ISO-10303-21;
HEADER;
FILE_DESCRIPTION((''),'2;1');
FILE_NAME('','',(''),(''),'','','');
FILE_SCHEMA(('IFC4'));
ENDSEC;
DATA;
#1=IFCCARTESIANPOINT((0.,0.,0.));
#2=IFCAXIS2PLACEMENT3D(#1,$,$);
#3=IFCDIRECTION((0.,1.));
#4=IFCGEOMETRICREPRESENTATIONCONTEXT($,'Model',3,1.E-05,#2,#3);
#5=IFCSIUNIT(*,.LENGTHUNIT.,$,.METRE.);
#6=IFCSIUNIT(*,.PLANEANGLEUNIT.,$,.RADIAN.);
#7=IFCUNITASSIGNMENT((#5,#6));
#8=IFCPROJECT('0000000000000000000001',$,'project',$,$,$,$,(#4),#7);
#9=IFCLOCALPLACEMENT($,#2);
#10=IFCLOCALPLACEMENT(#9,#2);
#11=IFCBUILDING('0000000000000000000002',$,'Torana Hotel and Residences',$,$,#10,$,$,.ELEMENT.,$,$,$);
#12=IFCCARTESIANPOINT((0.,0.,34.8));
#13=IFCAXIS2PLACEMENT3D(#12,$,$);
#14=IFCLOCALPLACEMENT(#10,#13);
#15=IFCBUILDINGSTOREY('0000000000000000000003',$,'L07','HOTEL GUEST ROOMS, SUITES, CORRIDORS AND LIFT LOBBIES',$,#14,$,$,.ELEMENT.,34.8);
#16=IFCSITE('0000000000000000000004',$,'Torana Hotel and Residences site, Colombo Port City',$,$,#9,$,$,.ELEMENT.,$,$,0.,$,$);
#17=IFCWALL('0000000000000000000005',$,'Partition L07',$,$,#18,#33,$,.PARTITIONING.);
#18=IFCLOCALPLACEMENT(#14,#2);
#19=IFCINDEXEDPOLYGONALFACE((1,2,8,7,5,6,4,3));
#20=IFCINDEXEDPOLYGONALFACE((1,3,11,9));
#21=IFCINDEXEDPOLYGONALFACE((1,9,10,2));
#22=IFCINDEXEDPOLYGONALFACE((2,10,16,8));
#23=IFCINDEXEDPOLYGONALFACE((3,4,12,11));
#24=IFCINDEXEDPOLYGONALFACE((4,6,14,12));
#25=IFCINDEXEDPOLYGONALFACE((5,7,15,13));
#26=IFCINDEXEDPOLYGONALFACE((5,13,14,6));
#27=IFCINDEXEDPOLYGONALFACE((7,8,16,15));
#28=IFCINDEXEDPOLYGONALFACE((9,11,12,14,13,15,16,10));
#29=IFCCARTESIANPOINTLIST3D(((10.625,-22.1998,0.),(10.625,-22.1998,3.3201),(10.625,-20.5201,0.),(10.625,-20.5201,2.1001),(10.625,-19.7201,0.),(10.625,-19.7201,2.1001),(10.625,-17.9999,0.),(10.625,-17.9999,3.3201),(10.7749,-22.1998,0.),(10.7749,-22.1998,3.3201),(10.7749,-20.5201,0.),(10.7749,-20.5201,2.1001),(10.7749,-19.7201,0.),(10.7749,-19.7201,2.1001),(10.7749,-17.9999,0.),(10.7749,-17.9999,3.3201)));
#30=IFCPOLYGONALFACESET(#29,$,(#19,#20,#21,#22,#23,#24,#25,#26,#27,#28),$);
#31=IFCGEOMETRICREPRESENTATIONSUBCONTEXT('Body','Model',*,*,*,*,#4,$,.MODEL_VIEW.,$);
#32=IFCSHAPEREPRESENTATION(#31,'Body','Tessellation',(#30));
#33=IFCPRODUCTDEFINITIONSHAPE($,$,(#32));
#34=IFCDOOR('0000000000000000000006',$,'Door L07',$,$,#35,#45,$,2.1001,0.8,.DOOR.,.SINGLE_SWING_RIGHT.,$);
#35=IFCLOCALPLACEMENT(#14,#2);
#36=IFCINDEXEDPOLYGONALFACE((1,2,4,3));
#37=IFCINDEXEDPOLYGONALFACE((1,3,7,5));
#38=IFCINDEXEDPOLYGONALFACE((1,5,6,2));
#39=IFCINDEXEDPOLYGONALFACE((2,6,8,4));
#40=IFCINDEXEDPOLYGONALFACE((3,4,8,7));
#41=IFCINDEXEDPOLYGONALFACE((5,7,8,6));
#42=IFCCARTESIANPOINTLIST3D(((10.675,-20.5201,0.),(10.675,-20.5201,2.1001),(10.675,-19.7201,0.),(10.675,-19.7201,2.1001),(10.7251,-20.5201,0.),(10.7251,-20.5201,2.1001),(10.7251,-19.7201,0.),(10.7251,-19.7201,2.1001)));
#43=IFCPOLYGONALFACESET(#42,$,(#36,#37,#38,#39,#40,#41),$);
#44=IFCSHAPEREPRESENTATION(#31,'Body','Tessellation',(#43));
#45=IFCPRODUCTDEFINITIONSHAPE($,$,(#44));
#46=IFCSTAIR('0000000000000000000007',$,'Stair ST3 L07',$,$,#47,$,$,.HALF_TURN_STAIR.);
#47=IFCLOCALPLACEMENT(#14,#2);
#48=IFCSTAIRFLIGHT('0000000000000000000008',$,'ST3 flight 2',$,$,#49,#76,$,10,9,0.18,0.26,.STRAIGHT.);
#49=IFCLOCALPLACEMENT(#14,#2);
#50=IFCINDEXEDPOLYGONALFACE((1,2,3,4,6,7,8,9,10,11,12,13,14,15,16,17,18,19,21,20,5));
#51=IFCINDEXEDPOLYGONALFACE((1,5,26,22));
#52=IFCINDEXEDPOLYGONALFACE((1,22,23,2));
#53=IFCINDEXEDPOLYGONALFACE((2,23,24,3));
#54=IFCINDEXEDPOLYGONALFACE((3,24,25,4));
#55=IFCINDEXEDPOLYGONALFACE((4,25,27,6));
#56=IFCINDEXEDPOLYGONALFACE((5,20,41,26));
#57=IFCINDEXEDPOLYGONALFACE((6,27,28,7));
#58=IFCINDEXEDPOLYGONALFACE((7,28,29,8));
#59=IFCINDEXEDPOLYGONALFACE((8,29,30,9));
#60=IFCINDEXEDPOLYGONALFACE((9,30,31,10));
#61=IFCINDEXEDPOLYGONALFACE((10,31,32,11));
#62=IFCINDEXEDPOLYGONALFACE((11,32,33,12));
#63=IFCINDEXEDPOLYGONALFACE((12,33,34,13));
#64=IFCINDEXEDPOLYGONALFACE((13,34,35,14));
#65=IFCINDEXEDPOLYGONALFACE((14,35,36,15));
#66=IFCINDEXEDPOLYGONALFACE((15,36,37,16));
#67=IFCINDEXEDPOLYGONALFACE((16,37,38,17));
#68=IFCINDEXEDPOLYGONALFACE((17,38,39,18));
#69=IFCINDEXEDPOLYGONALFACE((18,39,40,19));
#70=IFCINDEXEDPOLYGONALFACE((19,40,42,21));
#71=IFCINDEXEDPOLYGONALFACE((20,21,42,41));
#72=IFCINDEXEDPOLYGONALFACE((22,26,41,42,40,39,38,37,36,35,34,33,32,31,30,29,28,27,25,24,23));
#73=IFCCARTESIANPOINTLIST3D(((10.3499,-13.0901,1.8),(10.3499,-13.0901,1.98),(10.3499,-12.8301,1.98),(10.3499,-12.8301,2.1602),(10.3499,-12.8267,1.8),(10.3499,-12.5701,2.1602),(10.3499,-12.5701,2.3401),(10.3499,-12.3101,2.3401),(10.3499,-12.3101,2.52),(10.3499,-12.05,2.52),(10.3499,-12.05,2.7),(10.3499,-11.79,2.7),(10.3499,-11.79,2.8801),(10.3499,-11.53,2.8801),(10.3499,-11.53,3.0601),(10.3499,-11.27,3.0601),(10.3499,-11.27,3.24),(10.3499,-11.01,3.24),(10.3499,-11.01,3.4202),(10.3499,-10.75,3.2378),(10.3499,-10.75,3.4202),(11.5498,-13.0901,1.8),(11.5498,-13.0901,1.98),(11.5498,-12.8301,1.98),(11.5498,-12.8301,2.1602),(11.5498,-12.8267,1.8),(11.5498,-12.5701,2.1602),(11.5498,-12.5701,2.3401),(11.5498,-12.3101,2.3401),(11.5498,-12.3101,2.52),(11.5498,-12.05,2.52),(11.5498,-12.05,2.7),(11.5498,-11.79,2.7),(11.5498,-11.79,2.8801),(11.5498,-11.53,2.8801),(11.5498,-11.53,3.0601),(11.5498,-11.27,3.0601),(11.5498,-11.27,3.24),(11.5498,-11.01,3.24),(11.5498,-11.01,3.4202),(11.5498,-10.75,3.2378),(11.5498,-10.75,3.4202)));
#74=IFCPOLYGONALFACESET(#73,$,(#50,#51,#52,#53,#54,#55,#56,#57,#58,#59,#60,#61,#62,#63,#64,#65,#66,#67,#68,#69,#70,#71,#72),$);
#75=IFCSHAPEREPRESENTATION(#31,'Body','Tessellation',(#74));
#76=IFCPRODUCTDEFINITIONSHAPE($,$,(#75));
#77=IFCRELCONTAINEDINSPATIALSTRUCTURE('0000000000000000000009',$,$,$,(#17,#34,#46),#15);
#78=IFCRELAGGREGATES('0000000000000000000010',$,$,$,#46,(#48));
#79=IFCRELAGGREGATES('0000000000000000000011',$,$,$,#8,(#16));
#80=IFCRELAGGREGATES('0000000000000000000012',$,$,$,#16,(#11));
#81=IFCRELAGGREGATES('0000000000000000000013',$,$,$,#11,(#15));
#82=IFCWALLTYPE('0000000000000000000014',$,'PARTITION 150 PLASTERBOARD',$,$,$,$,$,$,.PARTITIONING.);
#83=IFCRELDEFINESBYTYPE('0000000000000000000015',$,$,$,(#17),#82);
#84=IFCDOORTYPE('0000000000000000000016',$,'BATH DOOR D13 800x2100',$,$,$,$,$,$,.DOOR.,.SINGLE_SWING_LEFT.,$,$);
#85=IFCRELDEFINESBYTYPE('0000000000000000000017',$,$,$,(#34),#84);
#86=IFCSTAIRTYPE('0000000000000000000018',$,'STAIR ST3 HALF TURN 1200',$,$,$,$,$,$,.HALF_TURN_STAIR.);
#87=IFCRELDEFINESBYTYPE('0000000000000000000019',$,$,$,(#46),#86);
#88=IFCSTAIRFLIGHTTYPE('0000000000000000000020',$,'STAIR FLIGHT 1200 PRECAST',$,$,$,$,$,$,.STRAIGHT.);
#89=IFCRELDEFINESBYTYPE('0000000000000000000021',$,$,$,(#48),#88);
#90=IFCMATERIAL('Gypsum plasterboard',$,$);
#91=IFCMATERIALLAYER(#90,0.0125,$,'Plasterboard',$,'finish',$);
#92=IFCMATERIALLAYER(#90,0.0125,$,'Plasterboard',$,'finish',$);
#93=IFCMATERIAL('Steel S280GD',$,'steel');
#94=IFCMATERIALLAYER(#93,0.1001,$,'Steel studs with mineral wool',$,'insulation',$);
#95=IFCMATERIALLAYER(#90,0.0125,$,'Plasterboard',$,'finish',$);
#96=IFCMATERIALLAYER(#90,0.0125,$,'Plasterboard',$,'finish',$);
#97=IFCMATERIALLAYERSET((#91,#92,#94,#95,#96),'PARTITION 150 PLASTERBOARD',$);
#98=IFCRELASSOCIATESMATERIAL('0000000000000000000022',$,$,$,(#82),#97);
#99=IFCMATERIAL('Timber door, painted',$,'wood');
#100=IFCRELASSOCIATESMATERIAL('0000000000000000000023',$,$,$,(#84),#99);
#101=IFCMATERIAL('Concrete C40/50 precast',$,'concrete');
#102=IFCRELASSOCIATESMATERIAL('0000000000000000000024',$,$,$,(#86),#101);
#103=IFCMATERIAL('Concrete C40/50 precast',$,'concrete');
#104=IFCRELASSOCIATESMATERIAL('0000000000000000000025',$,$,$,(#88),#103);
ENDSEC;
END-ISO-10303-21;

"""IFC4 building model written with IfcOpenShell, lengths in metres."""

from ifc_helpers import new_model, si_unit, direction, frame, frame_2d, origin, place, context, subcontext, project, spatial, polyline, rectangle, outline, extrude, material, layer, layer_set, type_object, element, fill, aggregate, save


model = new_model("IFC4")

# Units and contexts
model_context = context("Model", 3, precision=1e-05, world=origin(), true_north=direction((0.0, 1.0)))
body_context = subcontext(model_context, "Body", "Model", "MODEL_VIEW")
ifc_project = project(units=[si_unit("LENGTHUNIT", "METRE"), si_unit("PLANEANGLEUNIT", "RADIAN")], contexts=[model_context])

# Site, building, storey
site_placement = place(None, origin())
site = spatial("IfcSite", under=ifc_project, at=site_placement, Name="Torana Hotel and Residences site, Colombo Port City", CompositionType="ELEMENT", RefElevation=0.0)
building_placement = place(site_placement, origin())
building = spatial("IfcBuilding", under=site, at=building_placement, Name="Torana Hotel and Residences", CompositionType="ELEMENT")
storey_placement = place(building_placement, frame((0.0, 0.0, 34.8)))
storey = spatial("IfcBuildingStorey", under=building, at=storey_placement, Name="L07", Description="HOTEL GUEST ROOMS, SUITES, CORRIDORS AND LIFT LOBBIES", CompositionType="ELEMENT", Elevation=34.8)

# Wall, opening, door
ifc_material_1 = material(Name="Gypsum plasterboard")
ifc_layer_1 = layer(ifc_material_1, 0.0125, Name="Plasterboard", Category="finish")
ifc_layer_2 = layer(ifc_material_1, 0.0125, Name="Plasterboard", Category="finish")
ifc_material_2 = material(Name="Steel S280GD", Category="steel")
ifc_layer_3 = layer(ifc_material_2, 0.1001, Name="Steel studs with mineral wool", Category="insulation")
ifc_layer_4 = layer(ifc_material_1, 0.0125, Name="Plasterboard", Category="finish")
ifc_layer_5 = layer(ifc_material_1, 0.0125, Name="Plasterboard", Category="finish")
ifc_layer_set_1 = layer_set([ifc_layer_1, ifc_layer_2, ifc_layer_3, ifc_layer_4, ifc_layer_5], Name="PARTITION 150 PLASTERBOARD")
wall_type_1 = type_object("IfcWallType", Name="PARTITION 150 PLASTERBOARD", PredefinedType="PARTITIONING", material=ifc_layer_set_1)
wall_1_placement = place(storey_placement, frame((10.7, -22.2, 0.0), z_axis=(0.0, 0.0, 1.0), x_axis=(0.0, 1.0, 0.0)))
wall_1 = element("IfcWall", 1, at=wall_1_placement, inside=storey, type_object=wall_type_1, Name="Partition L07", PredefinedType="PARTITIONING", context=body_context, shape_type="SweptSolid", body=[
    extrude(rectangle(XDim=4.2, YDim=0.1499, at=frame_2d((2.1001, 0.0))), origin(), (0.0, 0.0, 1.0), 3.3201),
])
opening_1_placement = place(wall_1_placement, frame((1.6799, 0.0, 0.0)))
opening_1 = element("IfcOpeningElement", 2, at=opening_1_placement, cuts=wall_1, PredefinedType="OPENING", context=body_context, shape_type="SweptSolid", body=[
    extrude(rectangle(XDim=0.8, YDim=2.1001, at=frame_2d((0.3999, 1.05))), frame((0.0, 0.085, 0.0), z_axis=(0.0, -1.0, 0.0), x_axis=(1.0, 0.0, 0.0)), (0.0, 0.0, 1.0), 0.1699),
])
ifc_material_3 = material(Name="Timber door, painted", Category="wood")
door_type_1 = type_object("IfcDoorType", Name="BATH DOOR D13 800x2100", OperationType="SINGLE_SWING_LEFT", PredefinedType="DOOR", material=ifc_material_3)
door_1_placement = place(opening_1_placement, origin())
door_1 = element("IfcDoor", 3, at=door_1_placement, inside=storey, type_object=door_type_1, Name="Door L07", OperationType="SINGLE_SWING_RIGHT", OverallHeight=2.1001, OverallWidth=0.8, PredefinedType="DOOR", context=body_context, shape_type="SweptSolid", body=[
    extrude(rectangle(XDim=0.8, YDim=2.1001, at=frame_2d((0.3999, 1.05))), frame((0.0, 0.0249, 0.0), z_axis=(0.0, -1.0, 0.0), x_axis=(1.0, 0.0, 0.0)), (0.0, 0.0, 1.0), 0.05),
])
fill(opening_1, door_1)

# Stair, stair flight
ifc_material_4 = material(Name="Concrete C40/50 precast", Category="concrete")
stair_type = type_object("IfcStairType", Name="STAIR ST3 HALF TURN 1200", PredefinedType="HALF_TURN_STAIR", material=ifc_material_4)
stair_placement = place(storey_placement, origin())
stair = element("IfcStair", 4, at=stair_placement, inside=storey, type_object=stair_type, Name="Stair ST3 L07", PredefinedType="HALF_TURN_STAIR")
ifc_material_5 = material(Name="Concrete C40/50 precast", Category="concrete")
stair_flight_type = type_object("IfcStairFlightType", Name="STAIR FLIGHT 1200 PRECAST", PredefinedType="STRAIGHT", material=ifc_material_5)
stair_flight_placement = place(storey_placement, frame((10.95, -13.0901, 1.8), z_axis=(0.0, 0.0, 1.0), x_axis=(0.0, 1.0, 0.0)))
stair_flight = element("IfcStairFlight", 5, at=stair_flight_placement, type_object=stair_flight_type, Name="ST3 flight 2", NumberOfRisers=10, NumberOfTreads=9, PredefinedType="STRAIGHT", RiserHeight=0.18, TreadLength=0.26, context=body_context, shape_type="SweptSolid", body=[
    extrude(outline(polyline([(0.0, 0.0), (0.0, 0.1799), (0.26, 0.1799), (0.26, 0.3601), (0.52, 0.3601), (0.52, 0.54), (0.78, 0.54), (0.78, 0.72), (1.04, 0.72), (1.04, 0.8999), (1.3, 0.8999), (1.3, 1.0801), (1.5601, 1.0801), (1.5601, 1.26), (1.8201, 1.26), (1.8201, 1.4399), (2.0801, 1.4399), (2.0801, 1.6201), (2.3401, 1.6201), (2.3401, 1.8), (2.3401, 1.4377), (0.2634, 0.0), (0.0, 0.0)])), frame((0.0, 0.6001, 0.0), z_axis=(0.0, -1.0, 0.0), x_axis=(1.0, 0.0, 0.0)), (0.0, 0.0, 1.0), 1.2),
])
aggregate(stair, [stair_flight])

save(model, "model.ifc")
